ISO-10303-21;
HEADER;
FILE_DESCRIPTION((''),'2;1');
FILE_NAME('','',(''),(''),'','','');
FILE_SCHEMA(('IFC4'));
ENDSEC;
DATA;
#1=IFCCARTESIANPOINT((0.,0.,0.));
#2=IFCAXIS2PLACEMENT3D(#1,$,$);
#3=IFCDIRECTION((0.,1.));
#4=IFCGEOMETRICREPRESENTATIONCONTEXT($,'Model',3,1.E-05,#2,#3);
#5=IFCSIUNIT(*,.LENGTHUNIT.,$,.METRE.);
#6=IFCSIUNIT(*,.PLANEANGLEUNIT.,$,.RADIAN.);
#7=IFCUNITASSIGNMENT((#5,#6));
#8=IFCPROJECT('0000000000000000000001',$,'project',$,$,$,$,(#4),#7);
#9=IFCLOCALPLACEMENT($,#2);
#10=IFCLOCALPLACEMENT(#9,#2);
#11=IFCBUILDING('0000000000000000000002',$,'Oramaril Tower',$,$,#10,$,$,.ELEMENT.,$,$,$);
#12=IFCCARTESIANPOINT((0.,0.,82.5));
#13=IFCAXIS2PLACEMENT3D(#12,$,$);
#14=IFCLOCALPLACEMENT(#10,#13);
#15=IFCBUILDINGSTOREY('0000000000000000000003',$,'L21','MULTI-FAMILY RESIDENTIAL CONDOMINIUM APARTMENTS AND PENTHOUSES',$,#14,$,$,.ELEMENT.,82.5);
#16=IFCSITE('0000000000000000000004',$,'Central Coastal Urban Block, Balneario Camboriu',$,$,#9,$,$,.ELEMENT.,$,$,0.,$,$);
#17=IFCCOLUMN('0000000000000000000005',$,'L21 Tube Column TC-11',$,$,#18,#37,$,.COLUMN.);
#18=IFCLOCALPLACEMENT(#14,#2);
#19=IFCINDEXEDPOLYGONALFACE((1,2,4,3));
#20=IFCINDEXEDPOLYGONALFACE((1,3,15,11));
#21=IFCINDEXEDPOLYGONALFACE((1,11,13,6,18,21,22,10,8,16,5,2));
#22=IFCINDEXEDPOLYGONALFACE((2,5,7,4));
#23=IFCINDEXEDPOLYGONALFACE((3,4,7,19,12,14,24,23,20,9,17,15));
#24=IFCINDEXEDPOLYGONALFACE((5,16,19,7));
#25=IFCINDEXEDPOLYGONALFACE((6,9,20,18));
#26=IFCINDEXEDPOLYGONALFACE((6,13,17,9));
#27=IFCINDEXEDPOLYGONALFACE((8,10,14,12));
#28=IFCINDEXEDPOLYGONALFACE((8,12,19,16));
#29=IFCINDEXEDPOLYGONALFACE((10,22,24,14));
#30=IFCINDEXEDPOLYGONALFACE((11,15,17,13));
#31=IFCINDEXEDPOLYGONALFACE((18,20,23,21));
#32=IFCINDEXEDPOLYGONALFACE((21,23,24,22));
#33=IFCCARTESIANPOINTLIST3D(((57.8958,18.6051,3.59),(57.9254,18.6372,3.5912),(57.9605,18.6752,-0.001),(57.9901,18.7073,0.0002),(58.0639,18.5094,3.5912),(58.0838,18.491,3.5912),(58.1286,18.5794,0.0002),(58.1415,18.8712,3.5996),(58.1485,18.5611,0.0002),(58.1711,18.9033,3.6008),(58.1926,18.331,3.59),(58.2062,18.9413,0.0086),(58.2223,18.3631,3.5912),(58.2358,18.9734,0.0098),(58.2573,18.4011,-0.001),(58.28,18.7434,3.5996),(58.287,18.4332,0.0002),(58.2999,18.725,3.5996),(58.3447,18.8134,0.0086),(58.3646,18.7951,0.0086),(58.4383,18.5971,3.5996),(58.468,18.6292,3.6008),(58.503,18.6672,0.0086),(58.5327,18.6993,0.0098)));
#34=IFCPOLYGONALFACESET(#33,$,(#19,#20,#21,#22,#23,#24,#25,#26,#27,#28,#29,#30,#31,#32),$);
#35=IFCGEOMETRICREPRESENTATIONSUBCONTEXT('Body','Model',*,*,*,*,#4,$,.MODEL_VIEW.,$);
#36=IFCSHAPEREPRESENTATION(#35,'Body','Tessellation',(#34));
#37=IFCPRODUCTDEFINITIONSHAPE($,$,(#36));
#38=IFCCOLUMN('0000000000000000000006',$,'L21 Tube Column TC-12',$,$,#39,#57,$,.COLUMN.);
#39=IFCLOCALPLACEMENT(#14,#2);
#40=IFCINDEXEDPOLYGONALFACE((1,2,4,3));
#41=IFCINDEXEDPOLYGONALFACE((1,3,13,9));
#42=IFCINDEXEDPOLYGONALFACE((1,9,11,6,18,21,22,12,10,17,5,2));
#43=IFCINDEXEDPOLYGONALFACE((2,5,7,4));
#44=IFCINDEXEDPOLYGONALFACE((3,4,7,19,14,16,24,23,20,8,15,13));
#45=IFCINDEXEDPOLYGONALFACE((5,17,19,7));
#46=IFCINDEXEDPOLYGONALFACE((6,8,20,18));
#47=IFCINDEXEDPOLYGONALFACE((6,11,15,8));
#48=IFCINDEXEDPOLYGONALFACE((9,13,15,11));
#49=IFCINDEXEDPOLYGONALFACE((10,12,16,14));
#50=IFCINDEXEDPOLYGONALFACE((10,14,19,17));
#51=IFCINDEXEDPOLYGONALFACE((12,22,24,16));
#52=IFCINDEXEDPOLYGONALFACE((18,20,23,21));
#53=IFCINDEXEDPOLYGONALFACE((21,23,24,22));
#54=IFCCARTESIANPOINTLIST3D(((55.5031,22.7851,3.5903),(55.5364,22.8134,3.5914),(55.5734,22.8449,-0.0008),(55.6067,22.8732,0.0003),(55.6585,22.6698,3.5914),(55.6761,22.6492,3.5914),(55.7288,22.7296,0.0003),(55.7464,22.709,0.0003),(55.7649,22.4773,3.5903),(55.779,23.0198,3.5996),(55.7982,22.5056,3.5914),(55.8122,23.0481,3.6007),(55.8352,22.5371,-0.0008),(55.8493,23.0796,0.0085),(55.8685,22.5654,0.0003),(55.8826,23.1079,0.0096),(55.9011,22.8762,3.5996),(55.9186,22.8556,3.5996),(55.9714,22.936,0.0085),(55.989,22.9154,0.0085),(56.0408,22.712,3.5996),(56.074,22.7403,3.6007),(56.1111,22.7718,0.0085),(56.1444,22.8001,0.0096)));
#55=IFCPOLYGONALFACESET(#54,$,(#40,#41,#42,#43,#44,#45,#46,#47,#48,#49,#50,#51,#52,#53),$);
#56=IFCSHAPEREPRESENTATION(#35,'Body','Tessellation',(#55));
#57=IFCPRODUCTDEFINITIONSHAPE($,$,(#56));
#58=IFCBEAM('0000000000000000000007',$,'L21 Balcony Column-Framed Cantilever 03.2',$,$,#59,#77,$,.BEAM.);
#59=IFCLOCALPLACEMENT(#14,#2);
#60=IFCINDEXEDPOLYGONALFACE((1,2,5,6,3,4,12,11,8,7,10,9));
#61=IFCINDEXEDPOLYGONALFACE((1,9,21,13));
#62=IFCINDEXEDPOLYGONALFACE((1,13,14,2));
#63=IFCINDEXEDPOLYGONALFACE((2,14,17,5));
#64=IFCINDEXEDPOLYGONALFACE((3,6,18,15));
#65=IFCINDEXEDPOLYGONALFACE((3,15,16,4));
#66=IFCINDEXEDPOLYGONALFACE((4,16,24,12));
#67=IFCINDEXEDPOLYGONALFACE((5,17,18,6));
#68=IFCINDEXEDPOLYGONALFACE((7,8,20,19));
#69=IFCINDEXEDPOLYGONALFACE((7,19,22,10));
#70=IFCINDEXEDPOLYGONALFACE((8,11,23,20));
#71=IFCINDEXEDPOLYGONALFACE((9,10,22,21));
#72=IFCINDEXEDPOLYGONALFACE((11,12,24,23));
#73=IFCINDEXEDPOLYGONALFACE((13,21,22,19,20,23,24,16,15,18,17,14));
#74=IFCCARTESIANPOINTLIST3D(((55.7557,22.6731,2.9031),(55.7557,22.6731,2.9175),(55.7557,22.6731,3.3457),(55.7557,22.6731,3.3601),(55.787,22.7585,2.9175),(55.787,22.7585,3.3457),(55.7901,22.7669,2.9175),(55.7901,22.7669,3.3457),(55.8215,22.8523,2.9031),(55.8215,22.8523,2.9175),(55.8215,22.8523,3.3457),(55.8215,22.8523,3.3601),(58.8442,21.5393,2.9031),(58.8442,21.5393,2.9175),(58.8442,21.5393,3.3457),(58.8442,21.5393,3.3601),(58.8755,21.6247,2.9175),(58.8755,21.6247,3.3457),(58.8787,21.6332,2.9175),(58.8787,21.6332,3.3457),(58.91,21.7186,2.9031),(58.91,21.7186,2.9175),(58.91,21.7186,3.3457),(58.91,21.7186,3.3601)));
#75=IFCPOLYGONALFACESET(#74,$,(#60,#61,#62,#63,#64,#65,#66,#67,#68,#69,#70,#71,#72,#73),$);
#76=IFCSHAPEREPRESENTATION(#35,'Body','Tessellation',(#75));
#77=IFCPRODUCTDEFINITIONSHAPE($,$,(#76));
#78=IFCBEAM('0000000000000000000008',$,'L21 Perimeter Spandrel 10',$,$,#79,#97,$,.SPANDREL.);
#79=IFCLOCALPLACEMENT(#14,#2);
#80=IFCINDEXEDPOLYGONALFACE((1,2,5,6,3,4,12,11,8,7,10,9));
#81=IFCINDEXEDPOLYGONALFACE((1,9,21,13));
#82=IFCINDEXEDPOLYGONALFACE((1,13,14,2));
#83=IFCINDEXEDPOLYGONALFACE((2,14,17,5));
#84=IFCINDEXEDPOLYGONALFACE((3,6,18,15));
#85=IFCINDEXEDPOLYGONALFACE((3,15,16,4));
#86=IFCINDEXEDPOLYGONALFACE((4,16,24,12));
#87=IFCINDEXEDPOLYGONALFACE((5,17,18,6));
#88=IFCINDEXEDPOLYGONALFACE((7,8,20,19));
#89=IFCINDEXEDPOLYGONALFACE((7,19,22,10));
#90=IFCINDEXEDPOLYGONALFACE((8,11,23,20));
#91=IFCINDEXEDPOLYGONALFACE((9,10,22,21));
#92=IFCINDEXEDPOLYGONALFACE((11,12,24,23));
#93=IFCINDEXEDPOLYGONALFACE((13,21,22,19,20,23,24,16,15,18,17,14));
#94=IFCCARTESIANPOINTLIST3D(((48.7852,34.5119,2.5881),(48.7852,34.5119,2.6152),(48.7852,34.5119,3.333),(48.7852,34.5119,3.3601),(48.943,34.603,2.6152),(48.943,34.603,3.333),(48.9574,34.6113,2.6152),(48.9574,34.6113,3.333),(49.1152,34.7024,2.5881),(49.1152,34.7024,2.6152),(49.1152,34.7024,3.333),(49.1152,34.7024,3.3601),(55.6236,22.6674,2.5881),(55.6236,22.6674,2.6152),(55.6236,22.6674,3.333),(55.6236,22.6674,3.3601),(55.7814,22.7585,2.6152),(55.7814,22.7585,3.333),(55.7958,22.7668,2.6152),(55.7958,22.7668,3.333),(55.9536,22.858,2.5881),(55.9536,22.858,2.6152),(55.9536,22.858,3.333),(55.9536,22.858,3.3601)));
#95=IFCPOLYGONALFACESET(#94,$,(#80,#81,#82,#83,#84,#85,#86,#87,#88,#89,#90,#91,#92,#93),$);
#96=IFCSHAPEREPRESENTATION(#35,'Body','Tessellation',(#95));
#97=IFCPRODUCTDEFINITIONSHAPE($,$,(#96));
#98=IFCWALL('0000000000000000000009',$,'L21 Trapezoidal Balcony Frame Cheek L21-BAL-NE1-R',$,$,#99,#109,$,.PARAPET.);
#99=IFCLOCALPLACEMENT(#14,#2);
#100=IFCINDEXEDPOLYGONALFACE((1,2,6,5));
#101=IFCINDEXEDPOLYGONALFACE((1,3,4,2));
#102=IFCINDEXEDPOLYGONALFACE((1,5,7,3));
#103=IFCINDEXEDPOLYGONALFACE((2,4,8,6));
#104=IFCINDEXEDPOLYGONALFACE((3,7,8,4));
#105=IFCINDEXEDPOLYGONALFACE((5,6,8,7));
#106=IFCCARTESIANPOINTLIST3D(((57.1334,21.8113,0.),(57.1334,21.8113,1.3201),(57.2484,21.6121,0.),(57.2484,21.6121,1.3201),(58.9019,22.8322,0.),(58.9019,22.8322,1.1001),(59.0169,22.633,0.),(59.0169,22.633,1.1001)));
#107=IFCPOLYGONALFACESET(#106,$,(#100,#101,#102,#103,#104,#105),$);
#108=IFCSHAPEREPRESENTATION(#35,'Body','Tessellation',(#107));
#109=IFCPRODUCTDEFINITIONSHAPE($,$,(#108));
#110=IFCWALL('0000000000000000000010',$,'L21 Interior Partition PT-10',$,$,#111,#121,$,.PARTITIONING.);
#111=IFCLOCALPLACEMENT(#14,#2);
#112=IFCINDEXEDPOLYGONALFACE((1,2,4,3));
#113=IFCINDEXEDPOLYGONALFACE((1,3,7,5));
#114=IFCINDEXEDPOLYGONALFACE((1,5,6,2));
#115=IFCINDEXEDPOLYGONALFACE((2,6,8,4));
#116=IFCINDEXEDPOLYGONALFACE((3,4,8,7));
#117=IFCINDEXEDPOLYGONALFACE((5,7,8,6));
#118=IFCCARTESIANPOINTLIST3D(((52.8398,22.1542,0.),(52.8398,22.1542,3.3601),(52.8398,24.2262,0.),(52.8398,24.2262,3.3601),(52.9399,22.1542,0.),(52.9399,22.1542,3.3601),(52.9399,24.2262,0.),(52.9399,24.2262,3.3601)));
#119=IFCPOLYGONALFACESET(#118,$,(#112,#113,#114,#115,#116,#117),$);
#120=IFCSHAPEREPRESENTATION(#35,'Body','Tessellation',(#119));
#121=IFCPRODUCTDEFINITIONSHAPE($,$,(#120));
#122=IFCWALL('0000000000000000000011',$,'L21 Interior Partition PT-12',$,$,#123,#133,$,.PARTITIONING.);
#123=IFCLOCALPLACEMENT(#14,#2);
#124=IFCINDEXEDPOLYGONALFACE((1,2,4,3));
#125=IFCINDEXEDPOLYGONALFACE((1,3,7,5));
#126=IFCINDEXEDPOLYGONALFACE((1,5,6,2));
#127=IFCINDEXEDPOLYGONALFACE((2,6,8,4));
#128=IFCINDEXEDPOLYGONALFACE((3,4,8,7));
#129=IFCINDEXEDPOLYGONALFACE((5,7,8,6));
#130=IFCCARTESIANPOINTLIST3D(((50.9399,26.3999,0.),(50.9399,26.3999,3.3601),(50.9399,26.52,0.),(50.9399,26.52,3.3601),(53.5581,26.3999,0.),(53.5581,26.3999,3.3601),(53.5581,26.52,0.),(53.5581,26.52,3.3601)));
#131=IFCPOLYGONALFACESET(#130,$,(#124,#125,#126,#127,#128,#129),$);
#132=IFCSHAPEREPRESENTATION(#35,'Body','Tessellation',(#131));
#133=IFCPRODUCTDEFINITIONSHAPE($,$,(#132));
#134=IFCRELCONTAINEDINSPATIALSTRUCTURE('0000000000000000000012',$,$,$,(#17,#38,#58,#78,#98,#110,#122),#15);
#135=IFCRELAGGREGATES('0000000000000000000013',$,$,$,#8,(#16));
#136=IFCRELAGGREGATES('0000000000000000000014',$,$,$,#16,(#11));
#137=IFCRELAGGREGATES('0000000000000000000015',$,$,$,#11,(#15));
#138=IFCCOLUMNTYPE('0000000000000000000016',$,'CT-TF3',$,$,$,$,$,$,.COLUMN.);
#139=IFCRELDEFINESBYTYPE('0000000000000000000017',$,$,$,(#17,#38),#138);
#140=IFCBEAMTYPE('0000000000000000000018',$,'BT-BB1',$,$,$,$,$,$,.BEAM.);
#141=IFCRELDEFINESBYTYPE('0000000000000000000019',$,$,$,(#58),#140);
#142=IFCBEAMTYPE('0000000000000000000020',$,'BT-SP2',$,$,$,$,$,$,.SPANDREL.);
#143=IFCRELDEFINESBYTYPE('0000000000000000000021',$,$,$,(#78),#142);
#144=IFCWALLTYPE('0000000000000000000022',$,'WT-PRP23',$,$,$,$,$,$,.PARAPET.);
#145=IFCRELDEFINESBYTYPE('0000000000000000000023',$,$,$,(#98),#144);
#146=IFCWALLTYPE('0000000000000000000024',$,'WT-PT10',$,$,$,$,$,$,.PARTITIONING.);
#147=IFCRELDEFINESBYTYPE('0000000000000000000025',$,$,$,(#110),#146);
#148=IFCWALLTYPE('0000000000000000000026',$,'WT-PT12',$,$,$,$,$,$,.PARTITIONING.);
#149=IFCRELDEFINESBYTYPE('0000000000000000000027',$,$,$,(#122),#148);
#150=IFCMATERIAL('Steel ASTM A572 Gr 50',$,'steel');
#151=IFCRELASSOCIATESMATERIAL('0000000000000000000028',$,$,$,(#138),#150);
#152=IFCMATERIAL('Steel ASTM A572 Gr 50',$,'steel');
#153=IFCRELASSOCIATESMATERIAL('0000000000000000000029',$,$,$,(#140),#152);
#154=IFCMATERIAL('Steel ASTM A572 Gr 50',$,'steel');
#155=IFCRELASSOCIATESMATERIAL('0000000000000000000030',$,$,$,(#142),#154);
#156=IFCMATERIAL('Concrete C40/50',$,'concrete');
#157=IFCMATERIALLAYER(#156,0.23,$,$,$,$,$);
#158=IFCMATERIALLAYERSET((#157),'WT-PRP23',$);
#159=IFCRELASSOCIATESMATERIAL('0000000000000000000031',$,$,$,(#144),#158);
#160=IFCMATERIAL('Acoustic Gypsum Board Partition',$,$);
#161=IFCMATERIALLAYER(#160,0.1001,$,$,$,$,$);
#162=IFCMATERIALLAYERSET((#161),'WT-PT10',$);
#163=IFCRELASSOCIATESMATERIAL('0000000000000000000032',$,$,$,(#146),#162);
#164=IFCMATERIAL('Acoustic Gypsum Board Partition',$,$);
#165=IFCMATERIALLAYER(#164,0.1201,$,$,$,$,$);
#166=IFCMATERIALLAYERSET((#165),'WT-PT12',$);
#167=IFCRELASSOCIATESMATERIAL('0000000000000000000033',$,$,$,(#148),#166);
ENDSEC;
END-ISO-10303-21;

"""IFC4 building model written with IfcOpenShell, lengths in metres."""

from ifc_helpers import new_model, si_unit, direction, frame, frame_2d, origin, origin_2d, place, context, subcontext, project, spatial, polyline, rectangle, i_section, outline, extrude, material, layer, layer_set, material_profile, profile_set, type_object, element, save


model = new_model("IFC4")

# Units and contexts
model_context = context("Model", 3, precision=1e-05, world=origin(), true_north=direction((0.0, 1.0)))
body_context = subcontext(model_context, "Body", "Model", "MODEL_VIEW")
ifc_project = project(units=[si_unit("LENGTHUNIT", "METRE"), si_unit("PLANEANGLEUNIT", "RADIAN")], contexts=[model_context])

# Site, building, storey
site_placement = place(None, origin())
site = spatial("IfcSite", under=ifc_project, at=site_placement, Name="Central Coastal Urban Block, Balneario Camboriu", CompositionType="ELEMENT", RefElevation=0.0)
building_placement = place(site_placement, origin())
building = spatial("IfcBuilding", under=site, at=building_placement, Name="Oramaril Tower", CompositionType="ELEMENT")
storey_placement = place(building_placement, frame((0.0, 0.0, 82.5)))
storey = spatial("IfcBuildingStorey", under=building, at=storey_placement, Name="L21", Description="MULTI-FAMILY RESIDENTIAL CONDOMINIUM APARTMENTS AND PENTHOUSES", CompositionType="ELEMENT", Elevation=82.5)

# Columns
ifc_material_1 = material(Name="Steel ASTM A572 Gr 50", Category="steel")
ifc_material_profile_1 = material_profile(ifc_material_1, i_section(OverallWidth=0.4041, OverallDepth=0.406, WebThickness=0.0271, FlangeThickness=0.0437, at=origin_2d()), Name="W14X233")
ifc_profile_set_1 = profile_set([ifc_material_profile_1], Name="Steel ASTM A572 Gr 50")
column_type = type_object("IfcColumnType", Name="CT-TF3", PredefinedType="COLUMN", material=ifc_profile_set_1)
for number, where, z_axis, x_axis, name in (
    (1, (58.2466, 18.6873, 0.0044), (-0.01801, -0.019505, 0.999648), (0.734705, -0.678386, 0.0), "L21 Tube Column TC-11"),
    (2, (55.8589, 22.8225, 0.0044), (-0.019573, -0.016651, 0.99967), (0.647955, -0.761678, 0.0), "L21 Tube Column TC-12"),
):
    element("IfcColumn", number, at=place(storey_placement, frame(where, z_axis=z_axis, x_axis=x_axis)), inside=storey, type_object=column_type, Name=name, PredefinedType="COLUMN", context=body_context, shape_type="SweptSolid", body=[
        extrude(i_section(OverallWidth=0.4041, OverallDepth=0.406, WebThickness=0.0271, FlangeThickness=0.0437, at=origin_2d()), origin(), (0.0, 0.0, 1.0), 3.5923),
    ])

# Beams
ifc_material_2 = material(Name="Steel ASTM A572 Gr 50", Category="steel")
ifc_material_profile_2 = material_profile(ifc_material_2, i_section(OverallWidth=0.1909, OverallDepth=0.457, WebThickness=0.009, FlangeThickness=0.0144, at=origin_2d()), Name="W18X50")
ifc_profile_set_2 = profile_set([ifc_material_profile_2], Name="Steel ASTM A572 Gr 50")
beam_type_1 = type_object("IfcBeamType", Name="BT-BB1", PredefinedType="BEAM", material=ifc_profile_set_2)
beam_1_placement = place(storey_placement, frame((55.7886, 22.7627, 3.1316), z_axis=(0.938749, -0.344601, 0.0), x_axis=(0.344601, 0.938749, 0.0)))
element("IfcBeam", 3, at=beam_1_placement, inside=storey, type_object=beam_type_1, Name="L21 Balcony Column-Framed Cantilever 03.2", PredefinedType="BEAM", context=body_context, shape_type="SweptSolid", body=[
    extrude(i_section(OverallWidth=0.1909, OverallDepth=0.457, WebThickness=0.009, FlangeThickness=0.0144, at=origin_2d()), origin(), (0.0, 0.0, 1.0), 3.29),
])
ifc_material_3 = material(Name="Steel ASTM A572 Gr 50", Category="steel")
ifc_material_profile_3 = material_profile(ifc_material_3, i_section(OverallWidth=0.3811, OverallDepth=0.772, WebThickness=0.0166, FlangeThickness=0.0271, at=origin_2d()), Name="W30X173")
ifc_profile_set_3 = profile_set([ifc_material_profile_3], Name="Steel ASTM A572 Gr 50")
beam_type_2 = type_object("IfcBeamType", Name="BT-SP2", PredefinedType="SPANDREL", material=ifc_profile_set_3)
beam_2_placement = place(storey_placement, frame((55.7886, 22.7627, 2.9741), z_axis=(-0.499998, 0.866027, 0.0), x_axis=(-0.866027, -0.499998, 0.0)))
element("IfcBeam", 4, at=beam_2_placement, inside=storey, type_object=beam_type_2, Name="L21 Perimeter Spandrel 10", PredefinedType="SPANDREL", context=body_context, shape_type="SweptSolid", body=[
    extrude(i_section(OverallWidth=0.3811, OverallDepth=0.772, WebThickness=0.0166, FlangeThickness=0.0271, at=origin_2d()), origin(), (0.0, 0.0, 1.0), 13.6768),
])

# Walls
ifc_material_4 = material(Name="Concrete C40/50", Category="concrete")
ifc_layer_1 = layer(ifc_material_4, 0.23)
ifc_layer_set_1 = layer_set([ifc_layer_1], Name="WT-PRP23")
wall_type_1 = type_object("IfcWallType", Name="WT-PRP23", PredefinedType="PARAPET", material=ifc_layer_set_1)
wall_1_placement = place(storey_placement, frame((57.1909, 21.7117, 0.0), z_axis=(0.0, 0.0, 1.0), x_axis=(0.866042, 0.499971, 0.0)))
element("IfcWall", 5, at=wall_1_placement, inside=storey, type_object=wall_type_1, Name="L21 Trapezoidal Balcony Frame Cheek L21-BAL-NE1-R", PredefinedType="PARAPET", context=body_context, shape_type="SweptSolid", body=[
    extrude(outline(polyline([(0.0, 0.0), (2.042, 0.0), (2.042, 1.1001), (0.0, 1.3201), (0.0, 0.0)])), frame((0.0, 0.115, 0.0), z_axis=(0.0, -1.0, 0.0), x_axis=(1.0, 0.0, 0.0)), (0.0, 0.0, 1.0), 0.23),
])
ifc_material_5 = material(Name="Acoustic Gypsum Board Partition")
ifc_layer_2 = layer(ifc_material_5, 0.1001)
ifc_layer_set_2 = layer_set([ifc_layer_2], Name="WT-PT10")
wall_type_2 = type_object("IfcWallType", Name="WT-PT10", PredefinedType="PARTITIONING", material=ifc_layer_set_2)
wall_2_placement = place(storey_placement, frame((52.8899, 22.1541, 0.0), z_axis=(0.0, 0.0, 1.0), x_axis=(0.0, 1.0, 0.0)))
element("IfcWall", 6, at=wall_2_placement, inside=storey, type_object=wall_type_2, Name="L21 Interior Partition PT-10", PredefinedType="PARTITIONING", context=body_context, shape_type="SweptSolid", body=[
    extrude(rectangle(XDim=2.072, YDim=0.1001, at=frame_2d((1.0361, 0.0))), origin(), (0.0, 0.0, 1.0), 3.3601),
])
ifc_material_6 = material(Name="Acoustic Gypsum Board Partition")
ifc_layer_3 = layer(ifc_material_6, 0.1201)
ifc_layer_set_3 = layer_set([ifc_layer_3], Name="WT-PT12")
wall_type_3 = type_object("IfcWallType", Name="WT-PT12", PredefinedType="PARTITIONING", material=ifc_layer_set_3)
wall_3_placement = place(storey_placement, frame((50.9399, 26.46, 0.0), z_axis=(0.0, 0.0, 1.0), x_axis=(1.0, 0.0, 0.0)))
element("IfcWall", 7, at=wall_3_placement, inside=storey, type_object=wall_type_3, Name="L21 Interior Partition PT-12", PredefinedType="PARTITIONING", context=body_context, shape_type="SweptSolid", body=[
    extrude(rectangle(XDim=2.6182, YDim=0.1201, at=frame_2d((1.3091, 0.0))), origin(), (0.0, 0.0, 1.0), 3.3601),
])

save(model, "model.ifc")
